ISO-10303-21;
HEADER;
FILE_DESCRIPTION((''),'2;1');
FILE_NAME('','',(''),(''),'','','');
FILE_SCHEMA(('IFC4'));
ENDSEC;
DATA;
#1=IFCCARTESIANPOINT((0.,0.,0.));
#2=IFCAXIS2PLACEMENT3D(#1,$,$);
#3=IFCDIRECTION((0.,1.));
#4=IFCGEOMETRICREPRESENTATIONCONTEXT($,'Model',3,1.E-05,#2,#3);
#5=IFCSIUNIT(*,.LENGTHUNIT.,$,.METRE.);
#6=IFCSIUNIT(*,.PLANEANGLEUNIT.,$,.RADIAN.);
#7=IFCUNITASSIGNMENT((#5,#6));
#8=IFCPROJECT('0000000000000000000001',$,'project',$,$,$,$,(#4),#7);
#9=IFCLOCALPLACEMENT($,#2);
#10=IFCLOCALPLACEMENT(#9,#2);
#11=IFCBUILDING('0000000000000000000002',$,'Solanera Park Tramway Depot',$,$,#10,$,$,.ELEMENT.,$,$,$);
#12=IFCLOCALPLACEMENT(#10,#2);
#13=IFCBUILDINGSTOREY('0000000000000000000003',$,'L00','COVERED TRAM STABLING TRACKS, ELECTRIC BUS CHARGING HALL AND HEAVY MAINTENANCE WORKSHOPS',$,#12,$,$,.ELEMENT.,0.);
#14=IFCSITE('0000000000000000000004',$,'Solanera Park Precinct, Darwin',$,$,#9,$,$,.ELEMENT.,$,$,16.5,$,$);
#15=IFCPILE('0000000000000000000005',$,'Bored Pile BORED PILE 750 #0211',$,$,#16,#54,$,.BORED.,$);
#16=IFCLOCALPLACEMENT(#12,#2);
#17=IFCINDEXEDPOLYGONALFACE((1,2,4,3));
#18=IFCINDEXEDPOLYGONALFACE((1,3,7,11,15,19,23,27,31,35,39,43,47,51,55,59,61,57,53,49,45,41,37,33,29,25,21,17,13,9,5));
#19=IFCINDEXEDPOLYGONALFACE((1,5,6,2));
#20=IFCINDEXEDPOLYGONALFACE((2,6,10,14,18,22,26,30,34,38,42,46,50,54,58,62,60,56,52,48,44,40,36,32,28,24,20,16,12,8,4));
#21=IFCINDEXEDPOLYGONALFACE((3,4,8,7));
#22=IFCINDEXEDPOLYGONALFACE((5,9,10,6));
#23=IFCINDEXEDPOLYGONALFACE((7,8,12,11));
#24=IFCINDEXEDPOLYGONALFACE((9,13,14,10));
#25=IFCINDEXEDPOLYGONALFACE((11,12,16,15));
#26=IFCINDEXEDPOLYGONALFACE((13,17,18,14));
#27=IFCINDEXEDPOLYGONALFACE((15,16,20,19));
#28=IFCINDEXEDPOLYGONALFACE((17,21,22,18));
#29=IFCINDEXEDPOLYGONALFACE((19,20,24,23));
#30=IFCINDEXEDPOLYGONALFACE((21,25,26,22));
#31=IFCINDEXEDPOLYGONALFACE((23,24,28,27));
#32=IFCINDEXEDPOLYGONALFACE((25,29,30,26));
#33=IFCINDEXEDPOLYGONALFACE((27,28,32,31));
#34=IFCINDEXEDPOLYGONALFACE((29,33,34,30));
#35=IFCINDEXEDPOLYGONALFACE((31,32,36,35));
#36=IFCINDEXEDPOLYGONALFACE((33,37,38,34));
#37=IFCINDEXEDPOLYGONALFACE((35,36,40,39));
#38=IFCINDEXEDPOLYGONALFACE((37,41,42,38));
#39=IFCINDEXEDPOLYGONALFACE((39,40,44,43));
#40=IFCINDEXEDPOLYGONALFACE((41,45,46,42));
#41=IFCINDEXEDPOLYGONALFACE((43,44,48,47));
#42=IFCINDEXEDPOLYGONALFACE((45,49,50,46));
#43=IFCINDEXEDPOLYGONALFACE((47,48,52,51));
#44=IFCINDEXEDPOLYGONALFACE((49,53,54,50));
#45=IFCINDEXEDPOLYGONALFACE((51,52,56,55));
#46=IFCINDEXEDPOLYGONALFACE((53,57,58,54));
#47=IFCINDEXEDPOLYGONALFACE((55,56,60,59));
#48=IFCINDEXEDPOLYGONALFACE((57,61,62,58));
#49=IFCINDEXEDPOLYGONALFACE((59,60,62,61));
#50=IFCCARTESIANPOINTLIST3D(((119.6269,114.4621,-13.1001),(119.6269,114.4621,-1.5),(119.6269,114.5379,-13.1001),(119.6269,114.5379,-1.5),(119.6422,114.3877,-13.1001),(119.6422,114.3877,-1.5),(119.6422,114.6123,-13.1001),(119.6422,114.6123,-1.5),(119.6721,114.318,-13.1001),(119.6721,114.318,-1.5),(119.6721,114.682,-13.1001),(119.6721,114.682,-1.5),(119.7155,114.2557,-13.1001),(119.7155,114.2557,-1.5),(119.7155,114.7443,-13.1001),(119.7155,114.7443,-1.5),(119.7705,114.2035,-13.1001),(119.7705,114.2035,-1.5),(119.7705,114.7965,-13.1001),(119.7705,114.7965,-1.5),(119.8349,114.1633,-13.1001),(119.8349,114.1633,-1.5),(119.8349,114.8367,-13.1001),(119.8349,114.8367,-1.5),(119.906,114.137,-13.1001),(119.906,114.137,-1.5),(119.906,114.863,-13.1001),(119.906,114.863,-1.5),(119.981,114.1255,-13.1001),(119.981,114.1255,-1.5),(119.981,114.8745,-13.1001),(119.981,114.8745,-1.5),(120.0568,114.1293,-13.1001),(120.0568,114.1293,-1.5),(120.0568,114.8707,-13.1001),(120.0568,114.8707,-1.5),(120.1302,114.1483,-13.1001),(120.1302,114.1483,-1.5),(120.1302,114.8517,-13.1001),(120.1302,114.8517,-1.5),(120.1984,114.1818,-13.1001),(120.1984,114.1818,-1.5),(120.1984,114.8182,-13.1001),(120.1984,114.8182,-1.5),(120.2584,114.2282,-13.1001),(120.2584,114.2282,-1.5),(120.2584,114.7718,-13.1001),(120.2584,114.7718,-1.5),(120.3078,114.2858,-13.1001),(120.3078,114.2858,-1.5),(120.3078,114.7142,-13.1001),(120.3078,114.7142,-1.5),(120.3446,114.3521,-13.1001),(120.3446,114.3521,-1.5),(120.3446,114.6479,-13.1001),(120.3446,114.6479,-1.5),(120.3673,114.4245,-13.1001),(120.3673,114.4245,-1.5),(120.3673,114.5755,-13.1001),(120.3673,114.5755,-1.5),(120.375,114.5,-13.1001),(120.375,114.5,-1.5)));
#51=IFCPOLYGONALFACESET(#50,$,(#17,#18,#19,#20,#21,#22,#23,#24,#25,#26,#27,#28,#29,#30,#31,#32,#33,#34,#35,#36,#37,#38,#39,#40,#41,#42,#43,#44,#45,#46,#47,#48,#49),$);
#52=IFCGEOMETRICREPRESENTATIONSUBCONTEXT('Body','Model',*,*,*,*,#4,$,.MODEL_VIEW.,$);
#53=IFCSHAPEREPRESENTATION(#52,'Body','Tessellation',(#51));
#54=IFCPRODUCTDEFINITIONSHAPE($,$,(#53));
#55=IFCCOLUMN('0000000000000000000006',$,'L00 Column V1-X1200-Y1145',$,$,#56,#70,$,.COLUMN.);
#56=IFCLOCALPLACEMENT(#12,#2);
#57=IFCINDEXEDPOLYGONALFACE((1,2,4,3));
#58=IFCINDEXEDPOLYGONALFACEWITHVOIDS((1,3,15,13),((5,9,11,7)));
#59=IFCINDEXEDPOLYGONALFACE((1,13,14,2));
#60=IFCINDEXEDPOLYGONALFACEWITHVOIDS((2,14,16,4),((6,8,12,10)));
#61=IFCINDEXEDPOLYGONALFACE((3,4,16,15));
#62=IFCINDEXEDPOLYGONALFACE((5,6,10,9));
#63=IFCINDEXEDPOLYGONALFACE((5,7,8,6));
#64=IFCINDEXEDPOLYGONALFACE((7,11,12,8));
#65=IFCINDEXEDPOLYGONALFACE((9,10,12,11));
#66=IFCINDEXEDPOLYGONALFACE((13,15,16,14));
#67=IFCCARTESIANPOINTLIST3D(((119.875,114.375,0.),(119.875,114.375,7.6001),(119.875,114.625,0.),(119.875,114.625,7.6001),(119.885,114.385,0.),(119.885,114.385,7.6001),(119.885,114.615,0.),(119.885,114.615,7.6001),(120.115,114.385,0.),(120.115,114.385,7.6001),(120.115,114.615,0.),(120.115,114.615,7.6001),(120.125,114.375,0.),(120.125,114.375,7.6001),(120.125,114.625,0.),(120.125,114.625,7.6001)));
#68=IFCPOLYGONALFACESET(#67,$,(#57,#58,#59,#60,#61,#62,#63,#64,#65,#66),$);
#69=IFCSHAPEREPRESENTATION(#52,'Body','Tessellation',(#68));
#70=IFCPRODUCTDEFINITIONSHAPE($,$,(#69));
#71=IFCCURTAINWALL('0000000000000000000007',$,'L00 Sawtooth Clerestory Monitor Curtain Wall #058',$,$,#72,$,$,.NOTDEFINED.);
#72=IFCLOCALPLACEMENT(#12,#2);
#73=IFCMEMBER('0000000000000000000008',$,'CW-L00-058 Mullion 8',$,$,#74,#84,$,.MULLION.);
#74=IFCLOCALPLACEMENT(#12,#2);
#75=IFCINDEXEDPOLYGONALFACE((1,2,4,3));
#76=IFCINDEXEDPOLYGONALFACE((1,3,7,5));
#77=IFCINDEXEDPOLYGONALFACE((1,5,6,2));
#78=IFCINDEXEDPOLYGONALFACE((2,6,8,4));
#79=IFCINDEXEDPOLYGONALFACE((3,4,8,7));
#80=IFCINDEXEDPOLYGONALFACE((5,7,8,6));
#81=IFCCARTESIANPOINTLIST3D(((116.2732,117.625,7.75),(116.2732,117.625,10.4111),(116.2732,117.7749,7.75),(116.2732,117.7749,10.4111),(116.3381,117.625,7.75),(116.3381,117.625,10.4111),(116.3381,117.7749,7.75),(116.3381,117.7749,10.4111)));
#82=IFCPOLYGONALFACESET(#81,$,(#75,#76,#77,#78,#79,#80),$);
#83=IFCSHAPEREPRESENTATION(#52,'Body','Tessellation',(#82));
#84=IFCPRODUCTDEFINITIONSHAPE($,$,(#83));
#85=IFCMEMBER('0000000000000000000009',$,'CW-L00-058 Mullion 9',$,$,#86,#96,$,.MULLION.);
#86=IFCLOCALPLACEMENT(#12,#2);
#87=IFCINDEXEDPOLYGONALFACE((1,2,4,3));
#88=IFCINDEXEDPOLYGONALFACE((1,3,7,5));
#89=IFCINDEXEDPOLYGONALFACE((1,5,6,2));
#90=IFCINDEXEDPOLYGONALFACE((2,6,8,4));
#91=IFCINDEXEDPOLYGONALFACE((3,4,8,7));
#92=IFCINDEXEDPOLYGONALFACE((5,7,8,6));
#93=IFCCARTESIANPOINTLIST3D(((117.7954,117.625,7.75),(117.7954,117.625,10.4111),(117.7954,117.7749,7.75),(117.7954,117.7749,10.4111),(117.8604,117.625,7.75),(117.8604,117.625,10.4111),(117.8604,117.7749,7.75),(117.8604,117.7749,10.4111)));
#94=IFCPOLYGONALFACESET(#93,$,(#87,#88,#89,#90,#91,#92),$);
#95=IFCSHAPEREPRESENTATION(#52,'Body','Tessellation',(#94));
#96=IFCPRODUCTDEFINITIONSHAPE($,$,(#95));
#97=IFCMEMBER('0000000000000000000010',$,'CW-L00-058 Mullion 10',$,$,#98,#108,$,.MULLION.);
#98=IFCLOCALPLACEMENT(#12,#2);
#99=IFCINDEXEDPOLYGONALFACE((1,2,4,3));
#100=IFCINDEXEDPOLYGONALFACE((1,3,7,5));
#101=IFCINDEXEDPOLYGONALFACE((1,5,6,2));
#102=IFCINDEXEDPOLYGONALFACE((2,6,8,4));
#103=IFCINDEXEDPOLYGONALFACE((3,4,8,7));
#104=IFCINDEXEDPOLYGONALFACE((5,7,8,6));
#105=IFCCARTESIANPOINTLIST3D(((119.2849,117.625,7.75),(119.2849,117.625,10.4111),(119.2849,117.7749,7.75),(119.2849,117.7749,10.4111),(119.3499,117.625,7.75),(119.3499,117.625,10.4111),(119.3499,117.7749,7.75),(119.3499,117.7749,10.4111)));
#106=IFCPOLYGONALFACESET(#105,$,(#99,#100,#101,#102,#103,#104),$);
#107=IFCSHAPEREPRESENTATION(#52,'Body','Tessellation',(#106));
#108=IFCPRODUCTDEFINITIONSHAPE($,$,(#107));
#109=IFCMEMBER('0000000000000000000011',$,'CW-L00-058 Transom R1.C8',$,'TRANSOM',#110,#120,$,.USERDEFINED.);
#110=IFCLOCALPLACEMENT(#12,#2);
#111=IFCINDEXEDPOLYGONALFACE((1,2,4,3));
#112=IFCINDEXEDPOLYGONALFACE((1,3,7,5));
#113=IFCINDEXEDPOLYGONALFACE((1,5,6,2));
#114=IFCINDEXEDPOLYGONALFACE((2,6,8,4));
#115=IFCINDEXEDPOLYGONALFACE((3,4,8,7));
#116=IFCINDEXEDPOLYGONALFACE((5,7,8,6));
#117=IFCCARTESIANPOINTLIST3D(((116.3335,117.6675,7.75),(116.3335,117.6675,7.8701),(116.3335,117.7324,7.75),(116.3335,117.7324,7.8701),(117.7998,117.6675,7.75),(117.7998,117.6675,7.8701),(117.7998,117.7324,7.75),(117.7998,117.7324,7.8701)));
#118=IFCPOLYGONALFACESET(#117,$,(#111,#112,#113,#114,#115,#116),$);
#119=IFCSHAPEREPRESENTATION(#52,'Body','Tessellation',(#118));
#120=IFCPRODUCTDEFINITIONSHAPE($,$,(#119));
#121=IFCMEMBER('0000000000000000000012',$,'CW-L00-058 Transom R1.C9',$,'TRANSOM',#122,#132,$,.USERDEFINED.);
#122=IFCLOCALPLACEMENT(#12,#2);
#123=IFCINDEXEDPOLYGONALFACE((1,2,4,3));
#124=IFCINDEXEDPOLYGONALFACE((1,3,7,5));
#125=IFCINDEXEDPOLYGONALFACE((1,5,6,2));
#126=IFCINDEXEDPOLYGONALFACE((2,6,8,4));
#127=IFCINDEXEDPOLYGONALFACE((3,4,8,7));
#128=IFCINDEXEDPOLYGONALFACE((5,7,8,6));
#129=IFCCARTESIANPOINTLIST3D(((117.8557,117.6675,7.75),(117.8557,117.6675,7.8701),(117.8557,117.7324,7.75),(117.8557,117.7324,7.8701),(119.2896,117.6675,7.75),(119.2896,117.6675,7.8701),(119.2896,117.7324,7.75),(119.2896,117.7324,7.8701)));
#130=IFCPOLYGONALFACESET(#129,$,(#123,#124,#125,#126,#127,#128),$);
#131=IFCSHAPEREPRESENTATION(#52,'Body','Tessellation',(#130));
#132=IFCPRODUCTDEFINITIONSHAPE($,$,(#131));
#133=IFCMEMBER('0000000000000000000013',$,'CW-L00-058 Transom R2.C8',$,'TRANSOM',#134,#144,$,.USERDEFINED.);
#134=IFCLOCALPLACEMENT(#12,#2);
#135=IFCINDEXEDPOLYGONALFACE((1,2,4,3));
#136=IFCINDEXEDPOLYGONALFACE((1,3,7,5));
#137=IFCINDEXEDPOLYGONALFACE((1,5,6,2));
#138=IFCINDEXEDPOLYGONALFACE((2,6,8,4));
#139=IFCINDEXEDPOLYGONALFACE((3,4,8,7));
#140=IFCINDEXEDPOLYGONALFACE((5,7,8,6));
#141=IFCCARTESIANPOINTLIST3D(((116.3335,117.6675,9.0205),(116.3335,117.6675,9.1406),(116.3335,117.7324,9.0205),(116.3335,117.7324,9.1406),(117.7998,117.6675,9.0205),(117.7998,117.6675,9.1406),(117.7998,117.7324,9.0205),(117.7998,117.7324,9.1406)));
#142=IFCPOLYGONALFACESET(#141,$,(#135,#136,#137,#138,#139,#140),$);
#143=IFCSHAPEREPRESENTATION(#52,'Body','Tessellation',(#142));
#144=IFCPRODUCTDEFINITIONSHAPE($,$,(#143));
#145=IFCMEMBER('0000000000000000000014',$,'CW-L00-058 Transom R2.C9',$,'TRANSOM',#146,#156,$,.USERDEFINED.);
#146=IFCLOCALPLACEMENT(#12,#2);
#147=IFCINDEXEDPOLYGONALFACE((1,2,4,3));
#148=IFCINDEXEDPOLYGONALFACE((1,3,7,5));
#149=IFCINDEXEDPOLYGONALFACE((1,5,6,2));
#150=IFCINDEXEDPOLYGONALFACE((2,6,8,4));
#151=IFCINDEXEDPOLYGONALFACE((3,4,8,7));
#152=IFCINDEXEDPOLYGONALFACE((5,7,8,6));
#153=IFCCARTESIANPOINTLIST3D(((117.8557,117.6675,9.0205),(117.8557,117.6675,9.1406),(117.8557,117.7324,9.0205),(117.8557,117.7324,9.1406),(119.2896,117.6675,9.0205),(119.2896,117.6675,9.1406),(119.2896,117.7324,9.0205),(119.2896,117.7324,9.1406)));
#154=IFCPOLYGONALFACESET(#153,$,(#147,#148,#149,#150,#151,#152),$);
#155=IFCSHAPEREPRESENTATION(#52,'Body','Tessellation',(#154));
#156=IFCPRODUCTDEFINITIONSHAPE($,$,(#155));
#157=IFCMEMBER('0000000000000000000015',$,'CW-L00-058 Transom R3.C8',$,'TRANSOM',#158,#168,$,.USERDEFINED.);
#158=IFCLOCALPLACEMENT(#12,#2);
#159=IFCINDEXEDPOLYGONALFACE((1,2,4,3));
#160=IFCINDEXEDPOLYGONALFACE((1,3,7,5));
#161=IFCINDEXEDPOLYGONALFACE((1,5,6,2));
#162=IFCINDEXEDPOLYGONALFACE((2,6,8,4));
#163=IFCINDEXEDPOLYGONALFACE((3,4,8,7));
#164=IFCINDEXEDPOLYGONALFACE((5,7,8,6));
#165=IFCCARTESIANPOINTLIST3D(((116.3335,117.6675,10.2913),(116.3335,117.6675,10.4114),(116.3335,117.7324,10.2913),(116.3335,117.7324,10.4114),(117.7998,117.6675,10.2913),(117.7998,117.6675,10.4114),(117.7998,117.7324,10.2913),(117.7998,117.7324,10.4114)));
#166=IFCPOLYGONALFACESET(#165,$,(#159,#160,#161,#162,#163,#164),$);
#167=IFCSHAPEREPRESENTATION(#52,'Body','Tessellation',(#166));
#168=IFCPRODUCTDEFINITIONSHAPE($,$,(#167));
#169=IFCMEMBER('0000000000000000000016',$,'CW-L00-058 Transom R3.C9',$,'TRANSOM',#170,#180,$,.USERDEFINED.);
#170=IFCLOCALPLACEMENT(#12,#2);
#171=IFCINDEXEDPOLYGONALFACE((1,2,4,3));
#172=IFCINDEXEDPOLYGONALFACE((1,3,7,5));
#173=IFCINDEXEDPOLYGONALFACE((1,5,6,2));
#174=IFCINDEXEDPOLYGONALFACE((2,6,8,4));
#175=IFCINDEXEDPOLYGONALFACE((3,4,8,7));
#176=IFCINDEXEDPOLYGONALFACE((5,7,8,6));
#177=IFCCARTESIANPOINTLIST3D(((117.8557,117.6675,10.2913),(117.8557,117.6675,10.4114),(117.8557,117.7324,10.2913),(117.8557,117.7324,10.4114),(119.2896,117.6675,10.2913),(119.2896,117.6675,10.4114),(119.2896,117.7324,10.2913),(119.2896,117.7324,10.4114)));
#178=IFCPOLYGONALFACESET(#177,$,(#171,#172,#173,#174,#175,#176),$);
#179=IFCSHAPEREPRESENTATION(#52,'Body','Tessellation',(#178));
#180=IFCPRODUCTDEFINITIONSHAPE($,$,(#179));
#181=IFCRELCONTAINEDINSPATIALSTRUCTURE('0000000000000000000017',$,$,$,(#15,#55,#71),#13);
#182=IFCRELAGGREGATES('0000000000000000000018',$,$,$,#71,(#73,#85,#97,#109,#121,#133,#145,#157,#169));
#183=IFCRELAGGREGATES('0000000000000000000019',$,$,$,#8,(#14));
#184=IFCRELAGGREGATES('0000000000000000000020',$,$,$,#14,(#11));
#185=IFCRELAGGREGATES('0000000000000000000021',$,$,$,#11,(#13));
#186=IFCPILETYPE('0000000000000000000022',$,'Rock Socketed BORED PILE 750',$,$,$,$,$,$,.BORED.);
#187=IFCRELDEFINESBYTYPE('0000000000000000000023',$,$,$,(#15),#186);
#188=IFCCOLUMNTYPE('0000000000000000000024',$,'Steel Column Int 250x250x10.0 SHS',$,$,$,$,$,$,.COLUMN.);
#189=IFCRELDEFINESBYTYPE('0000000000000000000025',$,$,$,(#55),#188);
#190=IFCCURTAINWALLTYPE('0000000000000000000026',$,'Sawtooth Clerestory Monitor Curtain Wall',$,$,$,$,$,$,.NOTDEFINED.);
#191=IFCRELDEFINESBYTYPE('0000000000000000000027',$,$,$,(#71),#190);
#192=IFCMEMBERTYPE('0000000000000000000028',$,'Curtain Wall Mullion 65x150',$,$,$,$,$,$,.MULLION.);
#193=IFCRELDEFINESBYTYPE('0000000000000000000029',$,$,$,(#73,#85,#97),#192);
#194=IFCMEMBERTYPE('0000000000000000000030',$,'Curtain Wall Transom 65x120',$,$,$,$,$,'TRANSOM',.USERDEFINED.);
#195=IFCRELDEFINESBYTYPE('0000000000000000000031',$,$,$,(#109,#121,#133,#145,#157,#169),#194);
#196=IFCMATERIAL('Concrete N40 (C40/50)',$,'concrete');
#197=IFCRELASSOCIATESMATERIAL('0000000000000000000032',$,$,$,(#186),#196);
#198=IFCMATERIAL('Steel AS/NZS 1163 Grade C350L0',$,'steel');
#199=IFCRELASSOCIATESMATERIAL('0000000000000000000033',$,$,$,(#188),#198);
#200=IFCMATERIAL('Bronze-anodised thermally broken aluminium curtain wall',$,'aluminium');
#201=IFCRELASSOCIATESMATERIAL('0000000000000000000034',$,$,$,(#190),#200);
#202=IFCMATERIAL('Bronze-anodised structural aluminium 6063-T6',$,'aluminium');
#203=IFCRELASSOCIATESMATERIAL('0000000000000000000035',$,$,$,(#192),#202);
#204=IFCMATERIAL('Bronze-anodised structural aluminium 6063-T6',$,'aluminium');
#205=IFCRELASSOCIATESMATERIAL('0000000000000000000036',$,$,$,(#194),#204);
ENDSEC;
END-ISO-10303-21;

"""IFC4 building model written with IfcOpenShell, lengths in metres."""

from ifc_helpers import new_model, si_unit, direction, frame, origin, origin_2d, place, context, subcontext, project, spatial, rectangle, hollow_rectangle, circle, extrude, material, material_profile, profile_set, type_object, element, aggregate, save


model = new_model("IFC4")

# Units and contexts
model_context = context("Model", 3, precision=1e-05, world=origin(), true_north=direction((0.0, 1.0)))
body_context = subcontext(model_context, "Body", "Model", "MODEL_VIEW")
ifc_project = project(units=[si_unit("LENGTHUNIT", "METRE"), si_unit("PLANEANGLEUNIT", "RADIAN")], contexts=[model_context])

# Site, building, storey
site_placement = place(None, origin())
site = spatial("IfcSite", under=ifc_project, at=site_placement, Name="Solanera Park Precinct, Darwin", CompositionType="ELEMENT", RefElevation=16.5)
building_placement = place(site_placement, origin())
building = spatial("IfcBuilding", under=site, at=building_placement, Name="Solanera Park Tramway Depot", CompositionType="ELEMENT")
storey_placement = place(building_placement, origin())
storey = spatial("IfcBuildingStorey", under=building, at=storey_placement, Name="L00", Description="COVERED TRAM STABLING TRACKS, ELECTRIC BUS CHARGING HALL AND HEAVY MAINTENANCE WORKSHOPS", CompositionType="ELEMENT", Elevation=0.0)

# Pile
ifc_material_1 = material(Name="Concrete N40 (C40/50)", Category="concrete")
ifc_material_profile_1 = material_profile(ifc_material_1, circle(Radius=0.375, at=origin_2d()), Name="BORED PILE 750")
ifc_profile_set_1 = profile_set([ifc_material_profile_1], Name="Concrete N40 (C40/50)")
pile_type = type_object("IfcPileType", Name="Rock Socketed BORED PILE 750", PredefinedType="BORED", material=ifc_profile_set_1)
pile_placement = place(storey_placement, frame((120.0, 114.5, -1.5), z_axis=(0.0, 0.0, -1.0), x_axis=(1.0, 0.0, 0.0)))
element("IfcPile", 1, at=pile_placement, inside=storey, type_object=pile_type, Name="Bored Pile BORED PILE 750 #0211", PredefinedType="BORED", context=body_context, shape_type="SweptSolid", body=[
    extrude(circle(Radius=0.375, at=origin_2d()), origin(), (0.0, 0.0, 1.0), 11.6001),
])

# Column
ifc_material_2 = material(Name="Steel AS/NZS 1163 Grade C350L0", Category="steel")
ifc_material_profile_2 = material_profile(ifc_material_2, hollow_rectangle(XDim=0.25, YDim=0.25, WallThickness=0.01, at=origin_2d()), Name="250x250x10.0 SHS")
ifc_profile_set_2 = profile_set([ifc_material_profile_2], Name="Steel AS/NZS 1163 Grade C350L0")
column_type = type_object("IfcColumnType", Name="Steel Column Int 250x250x10.0 SHS", PredefinedType="COLUMN", material=ifc_profile_set_2)
column_placement = place(storey_placement, frame((120.0, 114.5, 0.0), z_axis=(0.0, 0.0, 1.0), x_axis=(1.0, 0.0, 0.0)))
element("IfcColumn", 2, at=column_placement, inside=storey, type_object=column_type, Name="L00 Column V1-X1200-Y1145", PredefinedType="COLUMN", context=body_context, shape_type="SweptSolid", body=[
    extrude(hollow_rectangle(XDim=0.25, YDim=0.25, WallThickness=0.01, at=origin_2d()), origin(), (0.0, 0.0, 1.0), 7.6001),
])

# Curtain wall, members
ifc_material_3 = material(Name="Bronze-anodised thermally broken aluminium curtain wall", Category="aluminium")
curtain_wall_type = type_object("IfcCurtainWallType", Name="Sawtooth Clerestory Monitor Curtain Wall", PredefinedType="NOTDEFINED", material=ifc_material_3)
curtain_wall_placement = place(storey_placement, origin())
curtain_wall = element("IfcCurtainWall", 3, at=curtain_wall_placement, inside=storey, type_object=curtain_wall_type, Name="L00 Sawtooth Clerestory Monitor Curtain Wall #058", PredefinedType="NOTDEFINED")
ifc_material_4 = material(Name="Bronze-anodised structural aluminium 6063-T6", Category="aluminium")
ifc_material_profile_3 = material_profile(ifc_material_4, rectangle(XDim=0.0649, YDim=0.1499, at=origin_2d()), Name="Curtain Wall Mullion 65x150")
ifc_profile_set_3 = profile_set([ifc_material_profile_3], Name="Bronze-anodised structural aluminium 6063-T6")
member_type_1 = type_object("IfcMemberType", Name="Curtain Wall Mullion 65x150", PredefinedType="MULLION", material=ifc_profile_set_3)
member_1_placement = place(storey_placement, frame((116.3057, 117.7, 7.75), z_axis=(0.0, 0.0, 1.0), x_axis=(1.0, 0.0, 0.0)))
member_1 = element("IfcMember", 4, at=member_1_placement, type_object=member_type_1, Name="CW-L00-058 Mullion 8", PredefinedType="MULLION", context=body_context, shape_type="SweptSolid", body=[
    extrude(rectangle(XDim=0.0649, YDim=0.1499, at=origin_2d()), origin(), (0.0, 0.0, 1.0), 2.6611),
])
member_2_placement = place(storey_placement, frame((117.8279, 117.7, 7.75), z_axis=(0.0, 0.0, 1.0), x_axis=(1.0, 0.0, 0.0)))
member_2 = element("IfcMember", 5, at=member_2_placement, type_object=member_type_1, Name="CW-L00-058 Mullion 9", PredefinedType="MULLION", context=body_context, shape_type="SweptSolid", body=[
    extrude(rectangle(XDim=0.0649, YDim=0.1499, at=origin_2d()), origin(), (0.0, 0.0, 1.0), 2.6611),
])
member_3_placement = place(storey_placement, frame((119.3174, 117.7, 7.75), z_axis=(0.0, 0.0, 1.0), x_axis=(1.0, 0.0, 0.0)))
member_3 = element("IfcMember", 6, at=member_3_placement, type_object=member_type_1, Name="CW-L00-058 Mullion 10", PredefinedType="MULLION", context=body_context, shape_type="SweptSolid", body=[
    extrude(rectangle(XDim=0.0649, YDim=0.1499, at=origin_2d()), origin(), (0.0, 0.0, 1.0), 2.6611),
])
ifc_material_5 = material(Name="Bronze-anodised structural aluminium 6063-T6", Category="aluminium")
ifc_material_profile_4 = material_profile(ifc_material_5, rectangle(XDim=0.0649, YDim=0.1201, at=origin_2d()), Name="Curtain Wall Transom 65x120")
ifc_profile_set_4 = profile_set([ifc_material_profile_4], Name="Bronze-anodised structural aluminium 6063-T6")
member_type_2 = type_object("IfcMemberType", Name="Curtain Wall Transom 65x120", ElementType="TRANSOM", PredefinedType="USERDEFINED", material=ifc_profile_set_4)
member_4_placement = place(storey_placement, frame((116.3335, 117.7, 7.8101), z_axis=(1.0, 0.0, 0.0), x_axis=(0.0, 1.0, 0.0)))
member_4 = element("IfcMember", 7, at=member_4_placement, type_object=member_type_2, Name="CW-L00-058 Transom R1.C8", ObjectType="TRANSOM", PredefinedType="USERDEFINED", context=body_context, shape_type="SweptSolid", body=[
    extrude(rectangle(XDim=0.0649, YDim=0.1201, at=origin_2d()), origin(), (0.0, 0.0, 1.0), 1.4663),
])
member_5_placement = place(storey_placement, frame((117.8557, 117.7, 7.8101), z_axis=(1.0, 0.0, 0.0), x_axis=(0.0, 1.0, 0.0)))
member_5 = element("IfcMember", 8, at=member_5_placement, type_object=member_type_2, Name="CW-L00-058 Transom R1.C9", ObjectType="TRANSOM", PredefinedType="USERDEFINED", context=body_context, shape_type="SweptSolid", body=[
    extrude(rectangle(XDim=0.0649, YDim=0.1201, at=origin_2d()), origin(), (0.0, 0.0, 1.0), 1.4338),
])
member_6_placement = place(storey_placement, frame((116.3335, 117.7, 9.0806), z_axis=(1.0, 0.0, 0.0), x_axis=(0.0, 1.0, 0.0)))
member_6 = element("IfcMember", 9, at=member_6_placement, type_object=member_type_2, Name="CW-L00-058 Transom R2.C8", ObjectType="TRANSOM", PredefinedType="USERDEFINED", context=body_context, shape_type="SweptSolid", body=[
    extrude(rectangle(XDim=0.0649, YDim=0.1201, at=origin_2d()), origin(), (0.0, 0.0, 1.0), 1.4663),
])
member_7_placement = place(storey_placement, frame((117.8557, 117.7, 9.0806), z_axis=(1.0, 0.0, 0.0), x_axis=(0.0, 1.0, 0.0)))
member_7 = element("IfcMember", 10, at=member_7_placement, type_object=member_type_2, Name="CW-L00-058 Transom R2.C9", ObjectType="TRANSOM", PredefinedType="USERDEFINED", context=body_context, shape_type="SweptSolid", body=[
    extrude(rectangle(XDim=0.0649, YDim=0.1201, at=origin_2d()), origin(), (0.0, 0.0, 1.0), 1.4338),
])
member_8_placement = place(storey_placement, frame((116.3335, 117.7, 10.3513), z_axis=(1.0, 0.0, 0.0), x_axis=(0.0, 1.0, 0.0)))
member_8 = element("IfcMember", 11, at=member_8_placement, type_object=member_type_2, Name="CW-L00-058 Transom R3.C8", ObjectType="TRANSOM", PredefinedType="USERDEFINED", context=body_context, shape_type="SweptSolid", body=[
    extrude(rectangle(XDim=0.0649, YDim=0.1201, at=origin_2d()), origin(), (0.0, 0.0, 1.0), 1.4663),
])
member_9_placement = place(storey_placement, frame((117.8557, 117.7, 10.3513), z_axis=(1.0, 0.0, 0.0), x_axis=(0.0, 1.0, 0.0)))
member_9 = element("IfcMember", 12, at=member_9_placement, type_object=member_type_2, Name="CW-L00-058 Transom R3.C9", ObjectType="TRANSOM", PredefinedType="USERDEFINED", context=body_context, shape_type="SweptSolid", body=[
    extrude(rectangle(XDim=0.0649, YDim=0.1201, at=origin_2d()), origin(), (0.0, 0.0, 1.0), 1.4338),
])

aggregate(curtain_wall, [member_1, member_2, member_3, member_4, member_5, member_6, member_7, member_8, member_9])

save(model, "model.ifc")
